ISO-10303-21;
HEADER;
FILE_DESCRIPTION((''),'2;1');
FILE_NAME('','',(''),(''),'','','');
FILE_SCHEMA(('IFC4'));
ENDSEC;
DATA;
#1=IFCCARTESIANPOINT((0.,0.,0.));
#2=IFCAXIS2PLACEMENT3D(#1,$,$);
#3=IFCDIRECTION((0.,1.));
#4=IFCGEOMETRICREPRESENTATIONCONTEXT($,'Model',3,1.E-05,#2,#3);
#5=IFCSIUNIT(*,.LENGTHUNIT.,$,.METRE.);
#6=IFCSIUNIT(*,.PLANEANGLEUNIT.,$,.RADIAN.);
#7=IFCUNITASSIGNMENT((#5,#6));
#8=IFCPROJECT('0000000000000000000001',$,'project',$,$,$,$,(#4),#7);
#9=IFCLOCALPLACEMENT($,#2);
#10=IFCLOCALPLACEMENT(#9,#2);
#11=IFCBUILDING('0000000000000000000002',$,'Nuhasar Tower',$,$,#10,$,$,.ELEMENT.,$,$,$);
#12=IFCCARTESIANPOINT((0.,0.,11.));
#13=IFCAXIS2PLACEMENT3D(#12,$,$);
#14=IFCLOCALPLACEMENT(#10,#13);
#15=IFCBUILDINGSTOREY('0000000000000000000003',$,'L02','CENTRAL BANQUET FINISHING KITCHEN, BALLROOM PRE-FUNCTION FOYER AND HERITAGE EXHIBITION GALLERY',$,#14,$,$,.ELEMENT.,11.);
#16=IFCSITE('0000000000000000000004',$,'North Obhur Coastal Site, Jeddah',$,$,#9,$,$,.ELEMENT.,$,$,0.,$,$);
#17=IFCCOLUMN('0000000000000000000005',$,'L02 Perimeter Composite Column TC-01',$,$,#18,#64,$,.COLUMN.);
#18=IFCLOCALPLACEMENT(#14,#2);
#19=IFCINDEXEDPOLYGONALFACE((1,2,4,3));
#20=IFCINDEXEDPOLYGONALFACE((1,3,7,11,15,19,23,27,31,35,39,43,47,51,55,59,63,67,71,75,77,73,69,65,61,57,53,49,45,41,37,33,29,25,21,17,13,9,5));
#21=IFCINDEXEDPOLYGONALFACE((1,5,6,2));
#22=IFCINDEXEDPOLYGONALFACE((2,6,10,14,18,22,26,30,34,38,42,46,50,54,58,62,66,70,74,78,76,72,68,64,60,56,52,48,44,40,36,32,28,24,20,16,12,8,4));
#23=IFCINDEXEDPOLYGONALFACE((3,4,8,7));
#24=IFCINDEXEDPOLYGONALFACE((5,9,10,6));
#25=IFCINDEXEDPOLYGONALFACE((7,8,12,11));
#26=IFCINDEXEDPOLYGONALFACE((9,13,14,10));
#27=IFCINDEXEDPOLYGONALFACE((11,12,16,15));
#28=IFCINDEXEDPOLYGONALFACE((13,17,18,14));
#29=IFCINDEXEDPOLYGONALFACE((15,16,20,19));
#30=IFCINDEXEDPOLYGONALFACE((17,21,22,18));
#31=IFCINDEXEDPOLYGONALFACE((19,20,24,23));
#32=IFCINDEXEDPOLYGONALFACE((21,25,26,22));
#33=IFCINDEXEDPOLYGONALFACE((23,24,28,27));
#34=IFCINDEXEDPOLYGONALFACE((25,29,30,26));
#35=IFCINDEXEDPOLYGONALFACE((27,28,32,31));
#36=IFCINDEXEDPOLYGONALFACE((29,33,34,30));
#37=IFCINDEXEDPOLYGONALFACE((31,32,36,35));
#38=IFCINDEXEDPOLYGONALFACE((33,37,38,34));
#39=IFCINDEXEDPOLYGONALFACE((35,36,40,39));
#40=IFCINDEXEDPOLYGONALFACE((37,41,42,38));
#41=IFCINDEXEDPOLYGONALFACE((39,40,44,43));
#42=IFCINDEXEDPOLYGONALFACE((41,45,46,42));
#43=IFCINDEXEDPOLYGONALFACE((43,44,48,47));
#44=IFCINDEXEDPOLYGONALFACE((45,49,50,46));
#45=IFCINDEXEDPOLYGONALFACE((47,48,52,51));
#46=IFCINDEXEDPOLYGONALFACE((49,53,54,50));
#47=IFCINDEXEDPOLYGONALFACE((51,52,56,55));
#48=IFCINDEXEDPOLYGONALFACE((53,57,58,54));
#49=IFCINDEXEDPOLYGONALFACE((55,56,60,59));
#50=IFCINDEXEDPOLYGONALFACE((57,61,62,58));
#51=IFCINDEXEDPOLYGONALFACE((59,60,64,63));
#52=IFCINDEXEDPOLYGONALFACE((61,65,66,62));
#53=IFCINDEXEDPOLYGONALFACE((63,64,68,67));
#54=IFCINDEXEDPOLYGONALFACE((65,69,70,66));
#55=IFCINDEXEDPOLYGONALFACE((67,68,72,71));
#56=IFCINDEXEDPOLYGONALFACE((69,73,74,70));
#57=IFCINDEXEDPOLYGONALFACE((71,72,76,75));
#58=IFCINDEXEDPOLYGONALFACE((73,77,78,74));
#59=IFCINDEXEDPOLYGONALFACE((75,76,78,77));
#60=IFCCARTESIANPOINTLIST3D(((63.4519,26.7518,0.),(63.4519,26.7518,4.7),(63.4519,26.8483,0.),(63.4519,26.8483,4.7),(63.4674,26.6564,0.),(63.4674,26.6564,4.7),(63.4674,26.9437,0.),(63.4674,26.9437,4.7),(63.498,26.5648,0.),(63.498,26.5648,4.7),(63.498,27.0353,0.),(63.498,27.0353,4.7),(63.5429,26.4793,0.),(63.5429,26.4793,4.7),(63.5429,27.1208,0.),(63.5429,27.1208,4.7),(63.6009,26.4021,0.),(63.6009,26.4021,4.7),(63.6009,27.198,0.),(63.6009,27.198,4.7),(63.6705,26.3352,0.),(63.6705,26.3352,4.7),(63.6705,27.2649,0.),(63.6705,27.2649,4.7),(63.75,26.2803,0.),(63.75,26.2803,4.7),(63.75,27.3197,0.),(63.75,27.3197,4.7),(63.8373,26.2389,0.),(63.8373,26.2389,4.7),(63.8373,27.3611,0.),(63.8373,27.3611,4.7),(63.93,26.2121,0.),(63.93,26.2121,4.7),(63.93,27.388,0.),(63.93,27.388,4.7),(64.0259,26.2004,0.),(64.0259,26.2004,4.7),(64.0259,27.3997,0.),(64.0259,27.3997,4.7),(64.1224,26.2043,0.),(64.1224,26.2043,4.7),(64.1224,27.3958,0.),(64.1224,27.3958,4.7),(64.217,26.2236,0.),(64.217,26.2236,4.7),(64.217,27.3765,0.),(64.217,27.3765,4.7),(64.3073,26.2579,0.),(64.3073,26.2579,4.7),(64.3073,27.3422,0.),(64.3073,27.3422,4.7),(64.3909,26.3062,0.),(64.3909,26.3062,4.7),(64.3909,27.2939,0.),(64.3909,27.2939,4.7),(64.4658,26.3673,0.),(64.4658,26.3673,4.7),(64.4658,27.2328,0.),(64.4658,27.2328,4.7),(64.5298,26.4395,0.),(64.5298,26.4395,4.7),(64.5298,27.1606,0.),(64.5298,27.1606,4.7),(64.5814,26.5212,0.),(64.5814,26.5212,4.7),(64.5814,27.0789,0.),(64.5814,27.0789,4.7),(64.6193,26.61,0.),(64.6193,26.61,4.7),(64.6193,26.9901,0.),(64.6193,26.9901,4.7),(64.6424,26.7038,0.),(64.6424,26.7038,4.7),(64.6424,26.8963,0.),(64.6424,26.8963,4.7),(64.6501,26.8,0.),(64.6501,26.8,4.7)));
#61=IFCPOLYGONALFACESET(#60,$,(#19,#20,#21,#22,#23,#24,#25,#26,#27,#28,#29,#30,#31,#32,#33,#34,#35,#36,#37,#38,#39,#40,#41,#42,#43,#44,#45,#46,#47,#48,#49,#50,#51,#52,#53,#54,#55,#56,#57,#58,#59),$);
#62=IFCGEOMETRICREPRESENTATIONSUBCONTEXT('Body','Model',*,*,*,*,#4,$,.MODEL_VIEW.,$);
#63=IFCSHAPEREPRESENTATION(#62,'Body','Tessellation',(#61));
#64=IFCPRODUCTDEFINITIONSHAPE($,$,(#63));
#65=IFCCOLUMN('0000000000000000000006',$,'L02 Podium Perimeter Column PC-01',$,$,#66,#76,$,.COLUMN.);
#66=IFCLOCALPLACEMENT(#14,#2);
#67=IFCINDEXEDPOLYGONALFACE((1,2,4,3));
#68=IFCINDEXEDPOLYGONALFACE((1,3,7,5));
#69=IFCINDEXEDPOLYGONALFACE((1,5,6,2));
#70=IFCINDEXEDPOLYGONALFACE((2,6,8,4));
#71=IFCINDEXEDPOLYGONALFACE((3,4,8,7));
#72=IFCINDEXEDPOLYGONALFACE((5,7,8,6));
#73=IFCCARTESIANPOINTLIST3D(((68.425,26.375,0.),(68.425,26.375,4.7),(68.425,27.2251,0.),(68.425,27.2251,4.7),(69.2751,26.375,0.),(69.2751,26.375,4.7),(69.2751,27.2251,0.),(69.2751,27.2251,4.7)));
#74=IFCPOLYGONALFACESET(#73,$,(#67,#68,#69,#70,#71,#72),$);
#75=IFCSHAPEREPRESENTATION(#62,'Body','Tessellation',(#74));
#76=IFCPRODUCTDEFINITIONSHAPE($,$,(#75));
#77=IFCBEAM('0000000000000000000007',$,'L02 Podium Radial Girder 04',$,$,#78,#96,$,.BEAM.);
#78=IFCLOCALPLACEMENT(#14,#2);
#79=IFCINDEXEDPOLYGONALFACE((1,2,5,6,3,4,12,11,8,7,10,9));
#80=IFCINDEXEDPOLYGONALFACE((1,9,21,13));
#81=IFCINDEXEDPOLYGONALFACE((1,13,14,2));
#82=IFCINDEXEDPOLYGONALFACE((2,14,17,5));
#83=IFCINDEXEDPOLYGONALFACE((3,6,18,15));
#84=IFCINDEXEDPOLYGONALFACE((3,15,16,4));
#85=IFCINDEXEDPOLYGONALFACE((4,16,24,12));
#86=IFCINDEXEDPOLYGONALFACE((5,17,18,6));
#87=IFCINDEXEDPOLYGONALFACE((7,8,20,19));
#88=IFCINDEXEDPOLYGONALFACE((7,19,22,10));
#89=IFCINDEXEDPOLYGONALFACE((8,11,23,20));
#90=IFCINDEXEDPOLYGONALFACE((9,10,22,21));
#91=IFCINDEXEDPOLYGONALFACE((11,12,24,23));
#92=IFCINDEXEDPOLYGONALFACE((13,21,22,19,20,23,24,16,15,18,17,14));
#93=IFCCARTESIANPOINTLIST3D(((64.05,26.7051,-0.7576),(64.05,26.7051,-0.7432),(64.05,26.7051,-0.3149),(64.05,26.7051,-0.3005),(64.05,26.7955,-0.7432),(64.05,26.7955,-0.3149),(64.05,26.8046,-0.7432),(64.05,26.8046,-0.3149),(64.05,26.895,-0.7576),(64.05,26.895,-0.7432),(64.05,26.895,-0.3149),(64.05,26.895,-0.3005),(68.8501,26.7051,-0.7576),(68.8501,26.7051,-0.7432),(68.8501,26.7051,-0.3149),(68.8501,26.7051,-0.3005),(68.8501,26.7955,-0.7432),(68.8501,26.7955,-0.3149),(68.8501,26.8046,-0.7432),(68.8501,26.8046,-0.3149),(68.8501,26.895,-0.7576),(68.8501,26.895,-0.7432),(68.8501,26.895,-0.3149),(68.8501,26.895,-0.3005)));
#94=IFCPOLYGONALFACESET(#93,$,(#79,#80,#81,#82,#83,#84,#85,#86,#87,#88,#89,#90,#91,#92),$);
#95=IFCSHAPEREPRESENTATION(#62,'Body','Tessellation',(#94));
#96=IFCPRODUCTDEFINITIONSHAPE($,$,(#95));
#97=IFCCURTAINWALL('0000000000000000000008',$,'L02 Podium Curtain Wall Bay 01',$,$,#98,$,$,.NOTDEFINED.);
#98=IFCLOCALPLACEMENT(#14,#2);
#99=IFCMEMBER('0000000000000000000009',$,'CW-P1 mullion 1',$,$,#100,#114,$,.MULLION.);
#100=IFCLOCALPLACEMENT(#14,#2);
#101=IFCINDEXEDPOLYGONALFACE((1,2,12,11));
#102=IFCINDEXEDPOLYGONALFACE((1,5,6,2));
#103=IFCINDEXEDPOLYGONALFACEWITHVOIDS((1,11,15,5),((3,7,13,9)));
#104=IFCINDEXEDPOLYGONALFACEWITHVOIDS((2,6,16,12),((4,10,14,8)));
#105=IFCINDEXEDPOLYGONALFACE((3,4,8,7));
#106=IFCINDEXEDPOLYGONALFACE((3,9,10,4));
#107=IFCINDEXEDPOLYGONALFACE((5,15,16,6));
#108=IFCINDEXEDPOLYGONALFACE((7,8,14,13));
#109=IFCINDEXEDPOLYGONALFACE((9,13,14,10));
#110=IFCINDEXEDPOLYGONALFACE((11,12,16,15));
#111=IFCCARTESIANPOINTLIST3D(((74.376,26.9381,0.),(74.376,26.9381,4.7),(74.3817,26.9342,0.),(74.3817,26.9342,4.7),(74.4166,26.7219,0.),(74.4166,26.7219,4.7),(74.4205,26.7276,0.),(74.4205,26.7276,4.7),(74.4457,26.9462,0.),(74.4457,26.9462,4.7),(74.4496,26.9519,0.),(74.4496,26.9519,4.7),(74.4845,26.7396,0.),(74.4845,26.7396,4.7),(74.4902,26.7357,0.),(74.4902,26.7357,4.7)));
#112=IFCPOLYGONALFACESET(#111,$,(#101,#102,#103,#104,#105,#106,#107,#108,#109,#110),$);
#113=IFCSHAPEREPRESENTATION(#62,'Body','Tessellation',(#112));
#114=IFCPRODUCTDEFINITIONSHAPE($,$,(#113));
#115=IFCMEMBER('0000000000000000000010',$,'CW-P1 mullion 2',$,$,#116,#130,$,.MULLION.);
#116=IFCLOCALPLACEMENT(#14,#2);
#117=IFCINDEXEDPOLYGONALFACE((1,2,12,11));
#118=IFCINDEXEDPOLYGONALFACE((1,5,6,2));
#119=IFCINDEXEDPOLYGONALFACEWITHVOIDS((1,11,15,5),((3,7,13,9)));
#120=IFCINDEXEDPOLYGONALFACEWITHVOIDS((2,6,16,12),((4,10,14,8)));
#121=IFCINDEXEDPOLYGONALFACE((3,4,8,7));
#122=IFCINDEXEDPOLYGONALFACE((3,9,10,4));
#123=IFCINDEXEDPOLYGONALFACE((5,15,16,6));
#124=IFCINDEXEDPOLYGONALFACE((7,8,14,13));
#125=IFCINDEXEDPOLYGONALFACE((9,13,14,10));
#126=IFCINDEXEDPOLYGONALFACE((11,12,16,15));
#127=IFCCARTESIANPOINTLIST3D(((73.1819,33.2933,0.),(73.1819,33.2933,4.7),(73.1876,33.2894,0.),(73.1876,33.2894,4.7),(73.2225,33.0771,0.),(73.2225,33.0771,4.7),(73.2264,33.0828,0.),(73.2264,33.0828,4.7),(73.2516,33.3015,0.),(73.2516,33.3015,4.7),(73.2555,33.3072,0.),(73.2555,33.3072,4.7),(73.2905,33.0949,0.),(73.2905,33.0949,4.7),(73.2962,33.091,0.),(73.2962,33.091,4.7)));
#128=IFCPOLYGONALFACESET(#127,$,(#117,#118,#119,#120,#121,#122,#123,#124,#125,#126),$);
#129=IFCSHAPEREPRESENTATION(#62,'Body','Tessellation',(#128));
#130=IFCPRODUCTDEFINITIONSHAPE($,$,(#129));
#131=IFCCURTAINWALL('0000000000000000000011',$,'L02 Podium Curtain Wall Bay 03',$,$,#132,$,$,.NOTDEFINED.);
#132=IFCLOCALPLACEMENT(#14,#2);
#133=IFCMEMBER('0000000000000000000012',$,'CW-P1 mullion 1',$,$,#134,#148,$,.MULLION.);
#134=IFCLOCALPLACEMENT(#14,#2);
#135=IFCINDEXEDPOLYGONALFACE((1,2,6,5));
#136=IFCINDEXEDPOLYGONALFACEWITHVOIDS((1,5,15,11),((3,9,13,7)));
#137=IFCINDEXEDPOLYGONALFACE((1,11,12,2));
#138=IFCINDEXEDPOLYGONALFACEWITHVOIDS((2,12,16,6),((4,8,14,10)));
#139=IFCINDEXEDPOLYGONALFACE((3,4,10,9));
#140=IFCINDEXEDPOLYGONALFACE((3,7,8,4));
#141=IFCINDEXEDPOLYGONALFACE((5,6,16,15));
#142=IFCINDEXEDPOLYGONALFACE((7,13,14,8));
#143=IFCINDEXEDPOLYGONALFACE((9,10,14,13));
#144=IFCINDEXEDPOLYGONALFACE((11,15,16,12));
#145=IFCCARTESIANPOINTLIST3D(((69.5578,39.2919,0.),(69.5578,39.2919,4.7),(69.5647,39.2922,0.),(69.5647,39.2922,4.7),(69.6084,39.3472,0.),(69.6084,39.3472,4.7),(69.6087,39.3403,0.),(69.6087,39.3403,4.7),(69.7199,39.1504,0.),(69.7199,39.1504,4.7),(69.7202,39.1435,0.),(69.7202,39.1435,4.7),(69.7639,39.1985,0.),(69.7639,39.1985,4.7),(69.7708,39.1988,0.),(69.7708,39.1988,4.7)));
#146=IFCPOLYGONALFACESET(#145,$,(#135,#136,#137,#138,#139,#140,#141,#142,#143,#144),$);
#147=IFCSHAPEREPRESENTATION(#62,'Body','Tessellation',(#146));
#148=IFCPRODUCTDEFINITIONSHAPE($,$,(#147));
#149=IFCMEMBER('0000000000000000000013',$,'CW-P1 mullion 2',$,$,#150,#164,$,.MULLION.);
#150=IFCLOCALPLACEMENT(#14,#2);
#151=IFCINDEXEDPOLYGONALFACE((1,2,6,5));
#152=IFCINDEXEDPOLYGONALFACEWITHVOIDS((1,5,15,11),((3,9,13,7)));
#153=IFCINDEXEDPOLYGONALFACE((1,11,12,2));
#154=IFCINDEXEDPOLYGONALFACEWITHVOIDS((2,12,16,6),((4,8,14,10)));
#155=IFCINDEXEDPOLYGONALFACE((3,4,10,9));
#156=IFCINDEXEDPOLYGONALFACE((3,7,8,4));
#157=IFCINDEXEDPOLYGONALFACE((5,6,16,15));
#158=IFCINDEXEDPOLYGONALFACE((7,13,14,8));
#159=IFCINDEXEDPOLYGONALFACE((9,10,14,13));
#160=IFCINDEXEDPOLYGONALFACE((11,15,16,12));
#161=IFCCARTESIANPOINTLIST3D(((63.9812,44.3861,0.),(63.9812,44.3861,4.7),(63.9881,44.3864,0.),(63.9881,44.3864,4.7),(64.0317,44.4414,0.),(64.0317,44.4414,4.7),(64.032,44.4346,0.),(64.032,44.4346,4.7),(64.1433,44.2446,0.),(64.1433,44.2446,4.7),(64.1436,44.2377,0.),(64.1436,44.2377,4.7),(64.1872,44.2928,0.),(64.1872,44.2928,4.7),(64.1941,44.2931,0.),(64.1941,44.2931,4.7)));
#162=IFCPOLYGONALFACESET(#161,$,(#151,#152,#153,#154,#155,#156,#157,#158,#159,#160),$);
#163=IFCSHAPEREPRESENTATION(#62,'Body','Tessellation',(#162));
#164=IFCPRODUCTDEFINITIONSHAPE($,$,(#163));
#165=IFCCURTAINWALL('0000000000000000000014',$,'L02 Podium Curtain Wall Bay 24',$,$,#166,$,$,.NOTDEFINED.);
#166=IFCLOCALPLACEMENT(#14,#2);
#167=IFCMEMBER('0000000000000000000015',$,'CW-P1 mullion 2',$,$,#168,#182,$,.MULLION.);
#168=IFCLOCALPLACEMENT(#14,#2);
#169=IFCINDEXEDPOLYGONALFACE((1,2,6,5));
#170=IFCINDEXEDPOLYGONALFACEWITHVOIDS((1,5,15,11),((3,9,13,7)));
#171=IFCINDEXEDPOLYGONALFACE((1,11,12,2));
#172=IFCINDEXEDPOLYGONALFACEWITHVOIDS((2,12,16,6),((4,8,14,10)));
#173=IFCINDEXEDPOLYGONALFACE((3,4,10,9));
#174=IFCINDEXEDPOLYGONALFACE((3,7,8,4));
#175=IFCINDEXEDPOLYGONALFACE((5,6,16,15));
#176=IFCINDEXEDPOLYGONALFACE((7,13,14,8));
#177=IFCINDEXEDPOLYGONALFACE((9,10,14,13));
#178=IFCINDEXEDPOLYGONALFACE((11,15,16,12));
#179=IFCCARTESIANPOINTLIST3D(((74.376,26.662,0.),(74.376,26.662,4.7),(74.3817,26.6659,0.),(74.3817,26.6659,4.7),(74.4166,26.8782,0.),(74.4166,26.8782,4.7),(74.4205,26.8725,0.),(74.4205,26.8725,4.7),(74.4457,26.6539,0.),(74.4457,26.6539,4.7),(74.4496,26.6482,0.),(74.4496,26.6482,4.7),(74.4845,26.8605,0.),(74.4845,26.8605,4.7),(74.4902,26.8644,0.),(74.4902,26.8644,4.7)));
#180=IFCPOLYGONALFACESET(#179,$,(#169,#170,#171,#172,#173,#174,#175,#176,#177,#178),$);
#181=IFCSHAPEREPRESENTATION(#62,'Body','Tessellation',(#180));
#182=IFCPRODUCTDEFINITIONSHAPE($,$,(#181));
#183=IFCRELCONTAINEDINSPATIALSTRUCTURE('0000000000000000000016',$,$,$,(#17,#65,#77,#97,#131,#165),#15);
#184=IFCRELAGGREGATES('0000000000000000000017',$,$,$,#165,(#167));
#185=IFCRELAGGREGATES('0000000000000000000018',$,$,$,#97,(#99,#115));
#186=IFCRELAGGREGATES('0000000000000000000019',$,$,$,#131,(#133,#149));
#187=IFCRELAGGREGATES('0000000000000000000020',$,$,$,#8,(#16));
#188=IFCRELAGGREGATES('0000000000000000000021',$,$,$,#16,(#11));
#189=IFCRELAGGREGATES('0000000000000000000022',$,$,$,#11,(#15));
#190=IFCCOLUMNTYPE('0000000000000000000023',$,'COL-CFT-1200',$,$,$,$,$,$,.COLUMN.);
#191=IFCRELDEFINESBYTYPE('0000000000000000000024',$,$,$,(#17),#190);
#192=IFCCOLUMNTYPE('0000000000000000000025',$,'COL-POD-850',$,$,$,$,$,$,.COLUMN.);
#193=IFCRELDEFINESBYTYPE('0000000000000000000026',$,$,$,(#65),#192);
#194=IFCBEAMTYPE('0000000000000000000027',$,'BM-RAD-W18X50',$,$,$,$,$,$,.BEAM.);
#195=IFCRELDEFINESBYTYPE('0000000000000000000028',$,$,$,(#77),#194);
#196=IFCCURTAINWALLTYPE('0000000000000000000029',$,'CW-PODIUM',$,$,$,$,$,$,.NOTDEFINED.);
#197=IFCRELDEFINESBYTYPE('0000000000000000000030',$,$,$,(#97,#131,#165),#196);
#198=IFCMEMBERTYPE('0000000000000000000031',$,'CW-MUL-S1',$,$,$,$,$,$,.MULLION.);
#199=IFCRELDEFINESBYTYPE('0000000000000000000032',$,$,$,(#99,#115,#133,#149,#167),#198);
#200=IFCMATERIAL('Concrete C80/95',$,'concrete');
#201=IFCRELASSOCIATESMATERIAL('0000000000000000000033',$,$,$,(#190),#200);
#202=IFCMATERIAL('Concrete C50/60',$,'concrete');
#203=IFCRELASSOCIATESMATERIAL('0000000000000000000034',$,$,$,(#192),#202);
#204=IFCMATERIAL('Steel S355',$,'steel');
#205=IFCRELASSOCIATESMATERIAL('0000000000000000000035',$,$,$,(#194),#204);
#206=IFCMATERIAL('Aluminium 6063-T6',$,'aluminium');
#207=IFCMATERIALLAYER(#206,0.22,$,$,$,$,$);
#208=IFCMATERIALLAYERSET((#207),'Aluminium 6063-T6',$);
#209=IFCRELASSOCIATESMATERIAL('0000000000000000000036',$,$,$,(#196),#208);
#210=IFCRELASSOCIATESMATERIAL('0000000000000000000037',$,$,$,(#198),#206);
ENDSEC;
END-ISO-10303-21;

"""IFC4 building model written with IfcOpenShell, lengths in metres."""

from ifc_helpers import new_model, si_unit, direction, frame, origin, origin_2d, place, context, subcontext, project, spatial, rectangle, hollow_rectangle, circle, i_section, extrude, material, layer, layer_set, material_profile, profile_set, type_object, element, aggregate, save


model = new_model("IFC4")

# Units and contexts
model_context = context("Model", 3, precision=1e-05, world=origin(), true_north=direction((0.0, 1.0)))
body_context = subcontext(model_context, "Body", "Model", "MODEL_VIEW")
ifc_project = project(units=[si_unit("LENGTHUNIT", "METRE"), si_unit("PLANEANGLEUNIT", "RADIAN")], contexts=[model_context])

# Site, building, storey
site_placement = place(None, origin())
site = spatial("IfcSite", under=ifc_project, at=site_placement, Name="North Obhur Coastal Site, Jeddah", CompositionType="ELEMENT", RefElevation=0.0)
building_placement = place(site_placement, origin())
building = spatial("IfcBuilding", under=site, at=building_placement, Name="Nuhasar Tower", CompositionType="ELEMENT")
storey_placement = place(building_placement, frame((0.0, 0.0, 11.0)))
storey = spatial("IfcBuildingStorey", under=building, at=storey_placement, Name="L02", Description="CENTRAL BANQUET FINISHING KITCHEN, BALLROOM PRE-FUNCTION FOYER AND HERITAGE EXHIBITION GALLERY", CompositionType="ELEMENT", Elevation=11.0)

# Columns
ifc_material_1 = material(Name="Concrete C80/95", Category="concrete")
ifc_material_profile_1 = material_profile(ifc_material_1, circle(Radius=0.6001, at=origin_2d()), Name="CFT1200")
ifc_profile_set_1 = profile_set([ifc_material_profile_1], Name="Concrete C80/95")
column_type_1 = type_object("IfcColumnType", Name="COL-CFT-1200", PredefinedType="COLUMN", material=ifc_profile_set_1)
column_1_placement = place(storey_placement, frame((64.05, 26.8, 0.0), z_axis=(0.0, 0.0, 1.0), x_axis=(1.0, 0.0, 0.0)))
element("IfcColumn", 1, at=column_1_placement, inside=storey, type_object=column_type_1, Name="L02 Perimeter Composite Column TC-01", PredefinedType="COLUMN", context=body_context, shape_type="SweptSolid", body=[
    extrude(circle(Radius=0.6001, at=origin_2d()), origin(), (0.0, 0.0, 1.0), 4.7),
])
ifc_material_2 = material(Name="Concrete C50/60", Category="concrete")
ifc_material_profile_2 = material_profile(ifc_material_2, rectangle(XDim=0.8501, YDim=0.8501, at=origin_2d()), Name="RC850X850")
ifc_profile_set_2 = profile_set([ifc_material_profile_2], Name="Concrete C50/60")
column_type_2 = type_object("IfcColumnType", Name="COL-POD-850", PredefinedType="COLUMN", material=ifc_profile_set_2)
column_2_placement = place(storey_placement, frame((68.8501, 26.8, 0.0), z_axis=(0.0, 0.0, 1.0), x_axis=(1.0, 0.0, 0.0)))
element("IfcColumn", 2, at=column_2_placement, inside=storey, type_object=column_type_2, Name="L02 Podium Perimeter Column PC-01", PredefinedType="COLUMN", context=body_context, shape_type="SweptSolid", body=[
    extrude(rectangle(XDim=0.8501, YDim=0.8501, at=origin_2d()), origin(), (0.0, 0.0, 1.0), 4.7),
])

# Beam
ifc_material_3 = material(Name="Steel S355", Category="steel")
ifc_material_profile_3 = material_profile(ifc_material_3, i_section(OverallWidth=0.1899, OverallDepth=0.457, WebThickness=0.009, FlangeThickness=0.0144, at=origin_2d()), Name="W18X50")
ifc_profile_set_3 = profile_set([ifc_material_profile_3], Name="Steel S355")
beam_type = type_object("IfcBeamType", Name="BM-RAD-W18X50", PredefinedType="BEAM", material=ifc_profile_set_3)
beam_placement = place(storey_placement, frame((64.05, 26.8, -0.5291), z_axis=(1.0, 0.0, 0.0), x_axis=(0.0, 1.0, 0.0)))
element("IfcBeam", 3, at=beam_placement, inside=storey, type_object=beam_type, Name="L02 Podium Radial Girder 04", PredefinedType="BEAM", context=body_context, shape_type="SweptSolid", body=[
    extrude(i_section(OverallWidth=0.1899, OverallDepth=0.457, WebThickness=0.009, FlangeThickness=0.0144, at=origin_2d()), origin(), (0.0, 0.0, 1.0), 4.8),
])

# Curtain walls, members
ifc_material_4 = material(Name="Aluminium 6063-T6", Category="aluminium")
ifc_layer_1 = layer(ifc_material_4, 0.22)
ifc_layer_set_1 = layer_set([ifc_layer_1], Name="Aluminium 6063-T6")
curtain_wall_type = type_object("IfcCurtainWallType", Name="CW-PODIUM", PredefinedType="NOTDEFINED", material=ifc_layer_set_1)
curtain_wall_1_placement = place(storey_placement, origin())
curtain_wall_1 = element("IfcCurtainWall", 4, at=curtain_wall_1_placement, inside=storey, type_object=curtain_wall_type, Name="L02 Podium Curtain Wall Bay 01", PredefinedType="NOTDEFINED")
ifc_material_profile_4 = material_profile(ifc_material_4, hollow_rectangle(XDim=0.075, YDim=0.22, WallThickness=0.0049, at=origin_2d()), Name="CWM-1")
ifc_profile_set_4 = profile_set([ifc_material_profile_4], Name="Aluminium 6063-T6")
member_type_1 = type_object("IfcMemberType", Name="CW-MUL-S1", PredefinedType="MULLION", material=ifc_profile_set_4)
member_1_placement = place(storey_placement, frame((74.4331, 26.8369, 0.0), z_axis=(0.0, 0.0, 1.0), x_axis=(-0.982801, -0.184667, 0.0)))
member_1 = element("IfcMember", 5, at=member_1_placement, type_object=member_type_1, Name="CW-P1 mullion 1", PredefinedType="MULLION", context=body_context, shape_type="SweptSolid", body=[
    extrude(hollow_rectangle(XDim=0.075, YDim=0.22, WallThickness=0.0049, at=origin_2d()), origin(), (0.0, 0.0, 1.0), 4.7),
])
member_2_placement = place(storey_placement, frame((73.239, 33.1921, 0.0), z_axis=(0.0, 0.0, 1.0), x_axis=(-0.982801, -0.184667, 0.0)))
member_2 = element("IfcMember", 6, at=member_2_placement, type_object=member_type_1, Name="CW-P1 mullion 2", PredefinedType="MULLION", context=body_context, shape_type="SweptSolid", body=[
    extrude(hollow_rectangle(XDim=0.075, YDim=0.22, WallThickness=0.0049, at=origin_2d()), origin(), (0.0, 0.0, 1.0), 4.7),
])
curtain_wall_2_placement = place(storey_placement, origin())
curtain_wall_2 = element("IfcCurtainWall", 7, at=curtain_wall_2_placement, inside=storey, type_object=curtain_wall_type, Name="L02 Podium Curtain Wall Bay 03", PredefinedType="NOTDEFINED")
member_3_placement = place(storey_placement, frame((69.6643, 39.2454, 0.0), z_axis=(0.0, 0.0, 1.0), x_axis=(-0.674465, -0.738307, 0.0)))
member_3 = element("IfcMember", 8, at=member_3_placement, type_object=member_type_1, Name="CW-P1 mullion 1", PredefinedType="MULLION", context=body_context, shape_type="SweptSolid", body=[
    extrude(hollow_rectangle(XDim=0.075, YDim=0.22, WallThickness=0.0049, at=origin_2d()), origin(), (0.0, 0.0, 1.0), 4.7),
])
member_4_placement = place(storey_placement, frame((64.0876, 44.3396, 0.0), z_axis=(0.0, 0.0, 1.0), x_axis=(-0.674465, -0.738307, 0.0)))
member_4 = element("IfcMember", 9, at=member_4_placement, type_object=member_type_1, Name="CW-P1 mullion 2", PredefinedType="MULLION", context=body_context, shape_type="SweptSolid", body=[
    extrude(hollow_rectangle(XDim=0.075, YDim=0.22, WallThickness=0.0049, at=origin_2d()), origin(), (0.0, 0.0, 1.0), 4.7),
])

# Curtain wall, member
curtain_wall_3_placement = place(storey_placement, origin())
curtain_wall_3 = element("IfcCurtainWall", 10, at=curtain_wall_3_placement, inside=storey, type_object=curtain_wall_type, Name="L02 Podium Curtain Wall Bay 24", PredefinedType="NOTDEFINED")
member_5_placement = place(storey_placement, frame((74.4331, 26.7632, 0.0), z_axis=(0.0, 0.0, 1.0), x_axis=(-0.982801, 0.184667, 0.0)))
member_5 = element("IfcMember", 11, at=member_5_placement, type_object=member_type_1, Name="CW-P1 mullion 2", PredefinedType="MULLION", context=body_context, shape_type="SweptSolid", body=[
    extrude(hollow_rectangle(XDim=0.075, YDim=0.22, WallThickness=0.0049, at=origin_2d()), origin(), (0.0, 0.0, 1.0), 4.7),
])
aggregate(curtain_wall_3, [member_5])

aggregate(curtain_wall_1, [member_1, member_2])
aggregate(curtain_wall_2, [member_3, member_4])

save(model, "model.ifc")
